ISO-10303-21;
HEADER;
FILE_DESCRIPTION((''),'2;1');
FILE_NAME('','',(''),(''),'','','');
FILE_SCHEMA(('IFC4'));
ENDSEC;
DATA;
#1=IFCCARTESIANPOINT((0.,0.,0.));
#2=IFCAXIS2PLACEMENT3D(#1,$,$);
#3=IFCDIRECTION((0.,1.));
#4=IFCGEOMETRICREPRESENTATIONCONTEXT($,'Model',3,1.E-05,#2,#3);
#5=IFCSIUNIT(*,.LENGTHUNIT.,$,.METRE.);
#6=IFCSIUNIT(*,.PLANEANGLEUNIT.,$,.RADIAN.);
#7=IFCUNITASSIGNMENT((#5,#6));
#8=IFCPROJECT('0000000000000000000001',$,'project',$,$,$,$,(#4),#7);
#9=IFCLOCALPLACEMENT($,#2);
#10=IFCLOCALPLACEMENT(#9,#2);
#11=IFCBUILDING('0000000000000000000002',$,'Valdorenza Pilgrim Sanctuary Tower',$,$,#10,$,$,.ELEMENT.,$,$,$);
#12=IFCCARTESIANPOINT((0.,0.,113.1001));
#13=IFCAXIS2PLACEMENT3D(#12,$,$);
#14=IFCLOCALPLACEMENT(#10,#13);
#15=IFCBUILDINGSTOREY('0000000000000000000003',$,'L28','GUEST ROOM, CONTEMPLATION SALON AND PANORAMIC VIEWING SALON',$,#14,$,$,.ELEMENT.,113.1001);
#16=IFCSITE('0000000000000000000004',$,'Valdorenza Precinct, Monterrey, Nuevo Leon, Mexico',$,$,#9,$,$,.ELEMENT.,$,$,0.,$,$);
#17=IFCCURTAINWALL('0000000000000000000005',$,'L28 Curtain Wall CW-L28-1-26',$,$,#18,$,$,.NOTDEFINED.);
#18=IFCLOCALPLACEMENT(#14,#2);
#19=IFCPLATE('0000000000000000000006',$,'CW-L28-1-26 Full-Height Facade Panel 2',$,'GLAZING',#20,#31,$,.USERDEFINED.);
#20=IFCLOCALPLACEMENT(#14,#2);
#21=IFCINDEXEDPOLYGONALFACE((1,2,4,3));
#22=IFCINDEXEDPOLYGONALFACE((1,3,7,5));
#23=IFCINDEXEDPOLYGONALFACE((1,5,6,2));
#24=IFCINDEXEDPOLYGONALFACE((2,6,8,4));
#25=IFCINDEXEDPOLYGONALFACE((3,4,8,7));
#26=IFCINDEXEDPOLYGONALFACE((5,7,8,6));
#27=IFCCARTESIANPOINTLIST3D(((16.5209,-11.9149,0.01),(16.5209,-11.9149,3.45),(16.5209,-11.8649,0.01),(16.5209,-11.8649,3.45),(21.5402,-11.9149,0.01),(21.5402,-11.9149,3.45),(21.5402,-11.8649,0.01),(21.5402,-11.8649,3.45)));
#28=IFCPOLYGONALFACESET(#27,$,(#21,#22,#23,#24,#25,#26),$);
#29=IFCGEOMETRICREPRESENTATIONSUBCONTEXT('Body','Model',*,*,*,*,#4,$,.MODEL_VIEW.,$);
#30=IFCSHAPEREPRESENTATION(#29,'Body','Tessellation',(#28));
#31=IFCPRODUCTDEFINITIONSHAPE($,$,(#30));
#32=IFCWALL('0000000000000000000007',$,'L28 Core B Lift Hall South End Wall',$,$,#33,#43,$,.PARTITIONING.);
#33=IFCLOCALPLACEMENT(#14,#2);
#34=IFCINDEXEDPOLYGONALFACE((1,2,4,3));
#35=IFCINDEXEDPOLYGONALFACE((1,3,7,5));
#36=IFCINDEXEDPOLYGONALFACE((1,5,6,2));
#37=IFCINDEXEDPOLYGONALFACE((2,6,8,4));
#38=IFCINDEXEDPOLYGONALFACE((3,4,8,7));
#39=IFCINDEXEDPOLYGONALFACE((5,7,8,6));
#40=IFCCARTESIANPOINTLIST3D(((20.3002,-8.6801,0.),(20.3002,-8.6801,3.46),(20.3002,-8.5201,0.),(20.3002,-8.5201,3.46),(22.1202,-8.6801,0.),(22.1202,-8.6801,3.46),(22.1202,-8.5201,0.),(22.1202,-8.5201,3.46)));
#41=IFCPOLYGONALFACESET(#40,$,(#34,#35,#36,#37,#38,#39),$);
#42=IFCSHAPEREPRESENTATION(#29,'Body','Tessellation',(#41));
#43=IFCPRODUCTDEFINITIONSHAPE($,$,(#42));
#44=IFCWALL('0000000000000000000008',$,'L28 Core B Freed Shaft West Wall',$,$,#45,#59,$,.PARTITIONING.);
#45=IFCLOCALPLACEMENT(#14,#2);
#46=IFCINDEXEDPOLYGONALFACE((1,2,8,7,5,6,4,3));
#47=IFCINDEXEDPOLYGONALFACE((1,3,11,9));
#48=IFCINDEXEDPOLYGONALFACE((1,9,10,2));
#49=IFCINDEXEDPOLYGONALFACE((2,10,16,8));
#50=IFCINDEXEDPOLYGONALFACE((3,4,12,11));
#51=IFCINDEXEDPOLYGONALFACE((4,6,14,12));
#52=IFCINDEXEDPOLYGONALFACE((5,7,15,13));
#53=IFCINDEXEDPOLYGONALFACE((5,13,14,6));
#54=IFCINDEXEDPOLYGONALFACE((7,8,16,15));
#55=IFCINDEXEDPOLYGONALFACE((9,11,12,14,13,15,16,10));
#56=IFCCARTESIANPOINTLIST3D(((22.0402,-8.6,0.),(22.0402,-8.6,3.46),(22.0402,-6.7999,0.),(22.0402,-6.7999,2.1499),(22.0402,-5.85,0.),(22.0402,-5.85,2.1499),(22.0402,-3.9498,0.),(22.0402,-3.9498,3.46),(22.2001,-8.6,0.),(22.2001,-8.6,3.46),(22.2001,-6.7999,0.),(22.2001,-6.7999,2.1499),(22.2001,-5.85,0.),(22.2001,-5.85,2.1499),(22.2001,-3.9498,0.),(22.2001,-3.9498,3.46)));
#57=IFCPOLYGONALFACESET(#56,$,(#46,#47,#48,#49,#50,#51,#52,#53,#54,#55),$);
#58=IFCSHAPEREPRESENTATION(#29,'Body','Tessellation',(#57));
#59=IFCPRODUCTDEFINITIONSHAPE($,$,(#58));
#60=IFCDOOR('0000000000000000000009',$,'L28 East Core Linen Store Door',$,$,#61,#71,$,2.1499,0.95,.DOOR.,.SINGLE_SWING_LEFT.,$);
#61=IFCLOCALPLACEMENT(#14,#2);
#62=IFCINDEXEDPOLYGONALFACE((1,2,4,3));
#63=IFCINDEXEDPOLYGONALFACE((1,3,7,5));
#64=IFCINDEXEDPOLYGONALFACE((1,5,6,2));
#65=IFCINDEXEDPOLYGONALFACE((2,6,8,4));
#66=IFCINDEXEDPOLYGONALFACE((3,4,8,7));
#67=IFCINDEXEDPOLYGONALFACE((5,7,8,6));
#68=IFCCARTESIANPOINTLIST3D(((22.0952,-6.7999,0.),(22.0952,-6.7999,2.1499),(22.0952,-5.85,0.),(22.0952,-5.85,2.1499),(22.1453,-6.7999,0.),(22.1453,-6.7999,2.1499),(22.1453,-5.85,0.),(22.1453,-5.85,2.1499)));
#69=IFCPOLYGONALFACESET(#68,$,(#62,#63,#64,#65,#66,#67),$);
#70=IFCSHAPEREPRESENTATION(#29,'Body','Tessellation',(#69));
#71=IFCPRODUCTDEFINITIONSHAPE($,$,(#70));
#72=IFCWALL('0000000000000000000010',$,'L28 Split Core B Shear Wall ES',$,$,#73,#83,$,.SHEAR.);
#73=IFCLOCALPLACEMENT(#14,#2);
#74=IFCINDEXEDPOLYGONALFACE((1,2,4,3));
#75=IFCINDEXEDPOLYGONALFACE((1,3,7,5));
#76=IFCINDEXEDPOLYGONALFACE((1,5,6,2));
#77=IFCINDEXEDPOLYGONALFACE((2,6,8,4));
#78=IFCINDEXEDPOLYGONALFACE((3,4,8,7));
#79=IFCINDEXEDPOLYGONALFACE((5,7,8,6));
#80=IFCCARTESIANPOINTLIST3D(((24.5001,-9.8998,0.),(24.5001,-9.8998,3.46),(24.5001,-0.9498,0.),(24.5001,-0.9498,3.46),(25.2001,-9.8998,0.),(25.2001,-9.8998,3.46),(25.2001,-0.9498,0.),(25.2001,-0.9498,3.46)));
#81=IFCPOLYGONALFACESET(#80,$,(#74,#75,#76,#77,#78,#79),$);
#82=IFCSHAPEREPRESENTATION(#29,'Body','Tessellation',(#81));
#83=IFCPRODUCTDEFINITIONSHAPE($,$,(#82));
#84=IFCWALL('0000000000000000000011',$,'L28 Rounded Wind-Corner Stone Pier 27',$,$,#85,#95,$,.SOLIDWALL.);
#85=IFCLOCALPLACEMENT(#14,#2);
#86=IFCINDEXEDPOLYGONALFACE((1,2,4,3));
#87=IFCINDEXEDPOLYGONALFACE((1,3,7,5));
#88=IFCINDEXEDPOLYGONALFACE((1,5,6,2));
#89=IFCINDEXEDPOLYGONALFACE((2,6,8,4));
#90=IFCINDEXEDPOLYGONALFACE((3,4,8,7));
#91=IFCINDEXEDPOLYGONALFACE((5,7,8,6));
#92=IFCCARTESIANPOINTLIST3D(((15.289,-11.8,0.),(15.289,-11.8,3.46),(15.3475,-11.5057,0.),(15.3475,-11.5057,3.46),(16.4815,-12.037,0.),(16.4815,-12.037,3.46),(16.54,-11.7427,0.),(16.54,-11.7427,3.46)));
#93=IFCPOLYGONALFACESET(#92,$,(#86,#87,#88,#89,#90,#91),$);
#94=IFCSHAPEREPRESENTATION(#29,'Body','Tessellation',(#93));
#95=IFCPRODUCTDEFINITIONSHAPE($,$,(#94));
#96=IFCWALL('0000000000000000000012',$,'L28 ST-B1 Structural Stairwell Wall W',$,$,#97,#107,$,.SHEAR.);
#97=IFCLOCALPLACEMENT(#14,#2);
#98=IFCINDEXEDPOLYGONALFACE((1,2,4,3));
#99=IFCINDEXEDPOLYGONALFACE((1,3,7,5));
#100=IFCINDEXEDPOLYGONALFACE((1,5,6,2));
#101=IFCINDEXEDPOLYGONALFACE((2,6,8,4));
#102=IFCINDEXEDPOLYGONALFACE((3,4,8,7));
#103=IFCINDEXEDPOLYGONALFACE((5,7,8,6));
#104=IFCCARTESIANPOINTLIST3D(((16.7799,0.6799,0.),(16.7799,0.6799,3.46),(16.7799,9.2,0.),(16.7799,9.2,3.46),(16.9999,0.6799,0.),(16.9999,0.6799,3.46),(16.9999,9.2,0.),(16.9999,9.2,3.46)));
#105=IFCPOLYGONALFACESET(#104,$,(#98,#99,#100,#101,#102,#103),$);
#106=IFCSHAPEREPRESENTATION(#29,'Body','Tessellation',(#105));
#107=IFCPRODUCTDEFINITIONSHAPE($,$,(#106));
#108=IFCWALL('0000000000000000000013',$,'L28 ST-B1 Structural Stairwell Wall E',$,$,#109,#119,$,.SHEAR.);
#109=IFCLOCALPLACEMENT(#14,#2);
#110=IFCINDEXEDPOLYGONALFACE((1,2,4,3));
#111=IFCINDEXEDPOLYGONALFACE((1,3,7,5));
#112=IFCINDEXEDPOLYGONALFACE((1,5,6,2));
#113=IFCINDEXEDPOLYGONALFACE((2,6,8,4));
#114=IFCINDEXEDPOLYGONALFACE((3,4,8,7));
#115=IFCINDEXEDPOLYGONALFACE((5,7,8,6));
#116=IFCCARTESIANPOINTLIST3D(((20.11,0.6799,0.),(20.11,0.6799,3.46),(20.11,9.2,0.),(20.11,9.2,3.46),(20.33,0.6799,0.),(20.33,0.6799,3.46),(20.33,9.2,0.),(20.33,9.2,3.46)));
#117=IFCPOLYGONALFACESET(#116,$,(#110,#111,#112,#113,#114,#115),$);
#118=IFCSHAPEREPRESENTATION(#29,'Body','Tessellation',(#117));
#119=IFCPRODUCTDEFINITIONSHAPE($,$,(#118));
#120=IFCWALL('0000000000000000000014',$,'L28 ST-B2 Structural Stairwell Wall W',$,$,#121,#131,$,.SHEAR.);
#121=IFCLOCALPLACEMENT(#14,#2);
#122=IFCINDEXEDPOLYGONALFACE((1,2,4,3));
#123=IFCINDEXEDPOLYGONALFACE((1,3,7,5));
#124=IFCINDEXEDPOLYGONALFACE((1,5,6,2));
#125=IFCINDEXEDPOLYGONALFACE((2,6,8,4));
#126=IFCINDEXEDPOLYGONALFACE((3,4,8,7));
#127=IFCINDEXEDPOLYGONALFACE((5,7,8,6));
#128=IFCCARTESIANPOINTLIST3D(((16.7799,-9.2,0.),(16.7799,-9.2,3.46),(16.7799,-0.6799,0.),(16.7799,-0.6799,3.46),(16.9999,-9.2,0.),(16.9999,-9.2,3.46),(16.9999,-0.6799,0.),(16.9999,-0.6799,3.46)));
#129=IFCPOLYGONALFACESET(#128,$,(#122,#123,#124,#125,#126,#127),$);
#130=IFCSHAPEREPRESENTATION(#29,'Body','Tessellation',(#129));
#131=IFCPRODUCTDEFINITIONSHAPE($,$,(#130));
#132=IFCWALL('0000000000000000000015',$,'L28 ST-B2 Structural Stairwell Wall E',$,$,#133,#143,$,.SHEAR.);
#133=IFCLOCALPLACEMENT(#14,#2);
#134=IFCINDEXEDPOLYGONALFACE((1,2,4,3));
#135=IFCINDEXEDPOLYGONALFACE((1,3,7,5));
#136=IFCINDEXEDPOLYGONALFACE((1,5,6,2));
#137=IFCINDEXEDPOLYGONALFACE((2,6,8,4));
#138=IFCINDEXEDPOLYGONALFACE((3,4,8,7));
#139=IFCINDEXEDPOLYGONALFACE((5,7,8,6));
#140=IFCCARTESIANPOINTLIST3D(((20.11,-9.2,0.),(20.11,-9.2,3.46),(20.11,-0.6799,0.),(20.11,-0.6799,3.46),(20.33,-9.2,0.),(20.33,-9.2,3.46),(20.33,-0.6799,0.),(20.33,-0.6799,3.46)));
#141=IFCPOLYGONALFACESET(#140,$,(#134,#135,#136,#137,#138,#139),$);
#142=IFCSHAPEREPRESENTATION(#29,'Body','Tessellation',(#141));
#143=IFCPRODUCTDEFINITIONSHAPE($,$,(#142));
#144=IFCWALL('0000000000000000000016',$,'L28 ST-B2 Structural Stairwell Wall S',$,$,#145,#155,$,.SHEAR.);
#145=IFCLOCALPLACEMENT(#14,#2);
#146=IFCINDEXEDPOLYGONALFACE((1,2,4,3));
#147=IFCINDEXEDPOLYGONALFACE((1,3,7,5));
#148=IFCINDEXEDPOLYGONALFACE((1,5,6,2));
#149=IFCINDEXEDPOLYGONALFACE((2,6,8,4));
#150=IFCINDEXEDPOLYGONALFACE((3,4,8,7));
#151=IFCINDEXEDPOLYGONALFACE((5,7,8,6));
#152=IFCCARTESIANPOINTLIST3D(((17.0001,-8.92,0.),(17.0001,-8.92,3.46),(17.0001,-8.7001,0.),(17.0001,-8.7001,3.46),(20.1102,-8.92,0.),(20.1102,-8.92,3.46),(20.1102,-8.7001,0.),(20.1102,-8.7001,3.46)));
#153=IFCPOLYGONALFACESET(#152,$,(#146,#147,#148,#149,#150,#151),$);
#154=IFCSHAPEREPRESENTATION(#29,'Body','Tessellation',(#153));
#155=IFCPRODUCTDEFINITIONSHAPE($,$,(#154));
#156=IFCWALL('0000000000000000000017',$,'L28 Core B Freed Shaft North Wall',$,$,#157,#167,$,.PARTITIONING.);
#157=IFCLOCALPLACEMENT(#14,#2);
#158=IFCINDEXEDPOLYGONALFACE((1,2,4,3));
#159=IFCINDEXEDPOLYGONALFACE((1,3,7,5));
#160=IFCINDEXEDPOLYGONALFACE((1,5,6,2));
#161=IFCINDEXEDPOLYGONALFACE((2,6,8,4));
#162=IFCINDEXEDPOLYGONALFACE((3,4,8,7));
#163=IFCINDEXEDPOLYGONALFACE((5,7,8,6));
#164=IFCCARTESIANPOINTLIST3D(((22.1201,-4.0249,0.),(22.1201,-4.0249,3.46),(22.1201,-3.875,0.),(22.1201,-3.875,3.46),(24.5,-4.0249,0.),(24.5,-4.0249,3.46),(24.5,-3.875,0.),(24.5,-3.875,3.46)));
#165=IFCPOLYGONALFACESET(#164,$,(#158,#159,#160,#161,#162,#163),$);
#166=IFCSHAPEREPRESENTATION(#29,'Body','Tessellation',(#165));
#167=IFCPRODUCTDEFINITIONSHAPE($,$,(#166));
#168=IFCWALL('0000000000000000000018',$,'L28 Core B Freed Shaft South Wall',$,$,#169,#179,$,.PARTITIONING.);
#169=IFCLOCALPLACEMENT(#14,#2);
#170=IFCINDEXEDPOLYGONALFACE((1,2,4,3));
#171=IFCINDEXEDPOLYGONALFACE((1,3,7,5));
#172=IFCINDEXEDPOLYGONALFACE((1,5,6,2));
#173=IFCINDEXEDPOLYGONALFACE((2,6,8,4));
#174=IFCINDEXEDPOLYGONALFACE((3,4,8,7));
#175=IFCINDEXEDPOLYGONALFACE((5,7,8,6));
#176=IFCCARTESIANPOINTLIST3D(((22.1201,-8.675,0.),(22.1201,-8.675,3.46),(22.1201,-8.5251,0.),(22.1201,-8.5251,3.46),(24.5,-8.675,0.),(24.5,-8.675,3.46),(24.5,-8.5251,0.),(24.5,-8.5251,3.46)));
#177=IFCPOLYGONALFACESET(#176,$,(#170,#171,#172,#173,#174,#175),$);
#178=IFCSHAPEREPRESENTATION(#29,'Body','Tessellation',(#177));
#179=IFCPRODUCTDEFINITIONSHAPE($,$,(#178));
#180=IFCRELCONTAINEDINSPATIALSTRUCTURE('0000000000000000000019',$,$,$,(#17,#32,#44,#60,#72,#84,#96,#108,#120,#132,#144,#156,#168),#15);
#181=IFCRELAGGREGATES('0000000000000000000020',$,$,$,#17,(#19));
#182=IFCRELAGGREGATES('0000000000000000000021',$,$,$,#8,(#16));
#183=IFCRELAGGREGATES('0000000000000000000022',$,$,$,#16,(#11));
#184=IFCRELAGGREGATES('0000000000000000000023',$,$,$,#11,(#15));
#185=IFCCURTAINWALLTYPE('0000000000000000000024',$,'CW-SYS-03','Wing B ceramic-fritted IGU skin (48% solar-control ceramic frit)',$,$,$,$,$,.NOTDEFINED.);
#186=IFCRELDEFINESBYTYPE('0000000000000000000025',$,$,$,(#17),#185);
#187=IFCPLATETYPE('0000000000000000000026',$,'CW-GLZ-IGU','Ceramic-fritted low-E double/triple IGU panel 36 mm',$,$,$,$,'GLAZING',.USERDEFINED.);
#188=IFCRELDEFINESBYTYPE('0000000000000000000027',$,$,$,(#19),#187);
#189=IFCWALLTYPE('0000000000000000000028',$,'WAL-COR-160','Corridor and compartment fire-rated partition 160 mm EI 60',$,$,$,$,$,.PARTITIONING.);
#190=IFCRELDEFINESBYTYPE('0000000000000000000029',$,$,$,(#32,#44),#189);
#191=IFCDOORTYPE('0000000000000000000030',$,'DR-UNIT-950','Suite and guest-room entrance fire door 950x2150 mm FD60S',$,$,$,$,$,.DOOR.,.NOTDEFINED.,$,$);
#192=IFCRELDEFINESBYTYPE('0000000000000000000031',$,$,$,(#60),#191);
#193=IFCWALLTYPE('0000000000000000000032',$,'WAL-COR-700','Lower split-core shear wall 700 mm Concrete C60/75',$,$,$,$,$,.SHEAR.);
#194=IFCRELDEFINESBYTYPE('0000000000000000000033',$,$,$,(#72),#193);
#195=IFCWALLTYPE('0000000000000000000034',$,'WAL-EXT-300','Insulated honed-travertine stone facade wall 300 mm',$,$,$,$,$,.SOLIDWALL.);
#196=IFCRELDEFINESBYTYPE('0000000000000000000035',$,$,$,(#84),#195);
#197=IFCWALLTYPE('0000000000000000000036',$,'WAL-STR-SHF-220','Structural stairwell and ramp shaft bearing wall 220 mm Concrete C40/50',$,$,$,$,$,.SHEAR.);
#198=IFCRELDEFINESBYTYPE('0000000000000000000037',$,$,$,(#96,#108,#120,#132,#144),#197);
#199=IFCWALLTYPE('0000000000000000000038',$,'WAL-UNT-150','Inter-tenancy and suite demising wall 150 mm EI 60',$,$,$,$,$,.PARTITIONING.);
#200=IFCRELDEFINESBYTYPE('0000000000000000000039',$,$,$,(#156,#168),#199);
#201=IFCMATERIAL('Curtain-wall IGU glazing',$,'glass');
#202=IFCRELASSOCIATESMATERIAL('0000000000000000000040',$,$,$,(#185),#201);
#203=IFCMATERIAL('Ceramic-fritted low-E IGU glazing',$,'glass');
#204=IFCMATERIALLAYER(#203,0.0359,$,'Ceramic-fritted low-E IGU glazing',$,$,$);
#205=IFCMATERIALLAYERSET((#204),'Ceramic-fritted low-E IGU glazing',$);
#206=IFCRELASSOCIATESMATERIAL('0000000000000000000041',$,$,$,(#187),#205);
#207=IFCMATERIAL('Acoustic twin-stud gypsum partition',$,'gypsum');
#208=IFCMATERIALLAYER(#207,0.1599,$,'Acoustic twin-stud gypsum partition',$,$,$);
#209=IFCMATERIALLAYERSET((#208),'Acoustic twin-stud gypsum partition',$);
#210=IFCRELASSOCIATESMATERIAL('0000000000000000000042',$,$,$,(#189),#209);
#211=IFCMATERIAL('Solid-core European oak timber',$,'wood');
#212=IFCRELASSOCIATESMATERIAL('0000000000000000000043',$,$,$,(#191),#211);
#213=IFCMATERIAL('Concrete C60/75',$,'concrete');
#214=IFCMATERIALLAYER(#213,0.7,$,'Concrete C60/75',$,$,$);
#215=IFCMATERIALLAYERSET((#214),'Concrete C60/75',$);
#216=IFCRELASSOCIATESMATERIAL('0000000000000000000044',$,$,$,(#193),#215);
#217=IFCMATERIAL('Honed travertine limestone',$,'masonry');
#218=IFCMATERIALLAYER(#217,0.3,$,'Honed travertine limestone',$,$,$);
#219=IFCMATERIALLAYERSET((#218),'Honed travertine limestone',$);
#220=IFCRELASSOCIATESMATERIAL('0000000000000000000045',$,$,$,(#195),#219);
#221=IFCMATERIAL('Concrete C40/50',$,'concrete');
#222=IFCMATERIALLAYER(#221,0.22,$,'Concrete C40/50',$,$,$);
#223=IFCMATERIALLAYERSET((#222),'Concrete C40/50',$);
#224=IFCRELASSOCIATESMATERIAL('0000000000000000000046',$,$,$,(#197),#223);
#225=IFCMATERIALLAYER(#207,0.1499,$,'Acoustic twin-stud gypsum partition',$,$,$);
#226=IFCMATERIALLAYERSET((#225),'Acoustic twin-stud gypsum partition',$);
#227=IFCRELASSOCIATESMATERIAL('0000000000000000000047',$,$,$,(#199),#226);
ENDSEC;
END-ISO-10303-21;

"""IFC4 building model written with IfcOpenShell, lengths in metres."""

from ifc_helpers import new_model, si_unit, direction, frame, frame_2d, origin, origin_2d, place, context, subcontext, project, spatial, rectangle, extrude, source, transform, mapped, material, layer, layer_set, type_object, element, fill, aggregate, save


model = new_model("IFC4")

# Units and contexts
model_context = context("Model", 3, precision=1e-05, world=origin(), true_north=direction((0.0, 1.0)))
body_context = subcontext(model_context, "Body", "Model", "MODEL_VIEW")
ifc_project = project(units=[si_unit("LENGTHUNIT", "METRE"), si_unit("PLANEANGLEUNIT", "RADIAN")], contexts=[model_context])

# Site, building, storey
site_placement = place(None, origin())
site = spatial("IfcSite", under=ifc_project, at=site_placement, Name="Valdorenza Precinct, Monterrey, Nuevo Leon, Mexico", CompositionType="ELEMENT", RefElevation=0.0)
building_placement = place(site_placement, origin())
building = spatial("IfcBuilding", under=site, at=building_placement, Name="Valdorenza Pilgrim Sanctuary Tower", CompositionType="ELEMENT")
storey_placement = place(building_placement, frame((0.0, 0.0, 113.1001)))
storey = spatial("IfcBuildingStorey", under=building, at=storey_placement, Name="L28", Description="GUEST ROOM, CONTEMPLATION SALON AND PANORAMIC VIEWING SALON", CompositionType="ELEMENT", Elevation=113.1001)

# Shared definitions
ifc_material_1 = material(Name="Concrete C60/75", Category="concrete")

# Curtain wall, plate
ifc_material_2 = material(Name="Curtain-wall IGU glazing", Category="glass")
curtain_wall_type = type_object("IfcCurtainWallType", Name="CW-SYS-03", Description="Wing B ceramic-fritted IGU skin (48% solar-control ceramic frit)", PredefinedType="NOTDEFINED", material=ifc_material_2)
curtain_wall_placement = place(storey_placement, origin())
curtain_wall = element("IfcCurtainWall", 1, at=curtain_wall_placement, inside=storey, type_object=curtain_wall_type, Name="L28 Curtain Wall CW-L28-1-26", PredefinedType="NOTDEFINED")
ifc_material_3 = material(Name="Honed travertine limestone", Category="masonry")
ifc_material_4 = material(Name="Ceramic-fritted low-E IGU glazing", Category="glass")
ifc_layer_1 = layer(ifc_material_4, 0.0359, Name="Ceramic-fritted low-E IGU glazing")
ifc_layer_set_1 = layer_set([ifc_layer_1], Name="Ceramic-fritted low-E IGU glazing")
plate_type_1 = type_object("IfcPlateType", Name="CW-GLZ-IGU", Description="Ceramic-fritted low-E double/triple IGU panel 36 mm", ElementType="GLAZING", PredefinedType="USERDEFINED", material=ifc_layer_set_1)
shared_shape_1 = source(origin(), body_context, "Body", "SweptSolid", [
    extrude(rectangle(XDim=5.0193, YDim=0.05, at=origin_2d()), origin(), (0.0, 0.0, 1.0), 3.4399),
])
plate_1_placement = place(storey_placement, frame((19.0305, -11.8899, 0.01), z_axis=(0.0, 0.0, 1.0), x_axis=(-1.0, 0.0, 0.0)))
plate_1 = element("IfcPlate", 2, at=plate_1_placement, type_object=plate_type_1, Name="CW-L28-1-26 Full-Height Facade Panel 2", ObjectType="GLAZING", PredefinedType="USERDEFINED", context=body_context, shape_type="MappedRepresentation", body=[
    mapped(shared_shape_1, transform((0.0, 0.0, 0.0), x_axis=(1.0, 0.0, 0.0), y_axis=(0.0, 1.0, 0.0), z_axis=(0.0, 0.0, 1.0), scale=1.0)),
])
aggregate(curtain_wall, [plate_1])

# Wall
ifc_material_5 = material(Name="Acoustic twin-stud gypsum partition", Category="gypsum")
ifc_layer_2 = layer(ifc_material_5, 0.1599, Name="Acoustic twin-stud gypsum partition")
ifc_layer_set_2 = layer_set([ifc_layer_2], Name="Acoustic twin-stud gypsum partition")
wall_type_1 = type_object("IfcWallType", Name="WAL-COR-160", Description="Corridor and compartment fire-rated partition 160 mm EI 60", PredefinedType="PARTITIONING", material=ifc_layer_set_2)
wall_1_placement = place(storey_placement, frame((20.3, -8.6001, 0.0), z_axis=(0.0, 0.0, 1.0), x_axis=(1.0, 0.0, 0.0)))
element("IfcWall", 3, at=wall_1_placement, inside=storey, type_object=wall_type_1, Name="L28 Core B Lift Hall South End Wall", PredefinedType="PARTITIONING", context=body_context, shape_type="SweptSolid", body=[
    extrude(rectangle(XDim=1.8201, YDim=0.1599, at=frame_2d((0.9102, 0.0))), origin(), (0.0, 0.0, 1.0), 3.46),
])

# Wall, opening, door
wall_2_placement = place(storey_placement, frame((22.1201, -8.6001, 0.0), z_axis=(0.0, 0.0, 1.0), x_axis=(0.0, 1.0, 0.0)))
wall_2 = element("IfcWall", 4, at=wall_2_placement, inside=storey, type_object=wall_type_1, Name="L28 Core B Freed Shaft West Wall", PredefinedType="PARTITIONING", context=body_context, shape_type="SweptSolid", body=[
    extrude(rectangle(XDim=4.6501, YDim=0.1599, at=frame_2d((2.3252, 0.0))), origin(), (0.0, 0.0, 1.0), 3.46),
])
opening_1_placement = place(wall_2_placement, frame((1.8, 0.0, 0.0)))
opening_1 = element("IfcOpeningElement", 5, at=opening_1_placement, cuts=wall_2, PredefinedType="OPENING", context=body_context, shape_type="SweptSolid", body=[
    extrude(rectangle(XDim=0.95, YDim=2.1499, at=frame_2d((0.4751, 1.075))), frame((0.0, 0.0947, 0.0), z_axis=(0.0, -1.0, 0.0), x_axis=(1.0, 0.0, 0.0)), (0.0, 0.0, 1.0), 0.1897),
])
ifc_material_6 = material(Name="Solid-core European oak timber", Category="wood")
door_type_1 = type_object("IfcDoorType", Name="DR-UNIT-950", Description="Suite and guest-room entrance fire door 950x2150 mm FD60S", OperationType="NOTDEFINED", PredefinedType="DOOR", material=ifc_material_6)
door_1_placement = place(opening_1_placement, origin())
door_1 = element("IfcDoor", 6, at=door_1_placement, inside=storey, type_object=door_type_1, Name="L28 East Core Linen Store Door", OperationType="SINGLE_SWING_LEFT", OverallHeight=2.1499, OverallWidth=0.95, PredefinedType="DOOR", context=body_context, shape_type="SweptSolid", body=[
    extrude(rectangle(XDim=0.95, YDim=2.1499, at=frame_2d((0.4751, 1.075))), frame((0.0, 0.0249, 0.0), z_axis=(0.0, -1.0, 0.0), x_axis=(1.0, 0.0, 0.0)), (0.0, 0.0, 1.0), 0.05),
])
fill(opening_1, door_1)

# Walls
ifc_layer_3 = layer(ifc_material_1, 0.7, Name="Concrete C60/75")
ifc_layer_set_3 = layer_set([ifc_layer_3], Name="Concrete C60/75")
wall_type_2 = type_object("IfcWallType", Name="WAL-COR-700", Description="Lower split-core shear wall 700 mm Concrete C60/75", PredefinedType="SHEAR", material=ifc_layer_set_3)
wall_3_placement = place(storey_placement, frame((24.8501, -9.8999, 0.0), z_axis=(0.0, 0.0, 1.0), x_axis=(0.0, 1.0, 0.0)))
element("IfcWall", 7, at=wall_3_placement, inside=storey, type_object=wall_type_2, Name="L28 Split Core B Shear Wall ES", PredefinedType="SHEAR", context=body_context, shape_type="SweptSolid", body=[
    extrude(rectangle(XDim=8.95, YDim=0.7, at=frame_2d((4.4751, 0.0))), origin(), (0.0, 0.0, 1.0), 3.46),
])
ifc_layer_4 = layer(ifc_material_3, 0.3, Name="Honed travertine limestone")
ifc_layer_set_4 = layer_set([ifc_layer_4], Name="Honed travertine limestone")
wall_type_3 = type_object("IfcWallType", Name="WAL-EXT-300", Description="Insulated honed-travertine stone facade wall 300 mm", PredefinedType="SOLIDWALL", material=ifc_layer_set_4)
wall_4_placement = place(storey_placement, frame((16.5107, -11.8899, 0.0), z_axis=(0.0, 0.0, 1.0), x_axis=(-0.980804, 0.194996, 0.0)))
element("IfcWall", 8, at=wall_4_placement, inside=storey, type_object=wall_type_3, Name="L28 Rounded Wind-Corner Stone Pier 27", PredefinedType="SOLIDWALL", context=body_context, shape_type="SweptSolid", body=[
    extrude(rectangle(XDim=1.2158, YDim=0.3, at=frame_2d((0.6079, 0.0))), origin(), (0.0, 0.0, 1.0), 3.46),
])

# Walls
ifc_material_7 = material(Name="Concrete C40/50", Category="concrete")
ifc_layer_5 = layer(ifc_material_7, 0.22, Name="Concrete C40/50")
ifc_layer_set_5 = layer_set([ifc_layer_5], Name="Concrete C40/50")
wall_type_4 = type_object("IfcWallType", Name="WAL-STR-SHF-220", Description="Structural stairwell and ramp shaft bearing wall 220 mm Concrete C40/50", PredefinedType="SHEAR", material=ifc_layer_set_5)
for number, where, z_axis, x_axis, name in (
    (9, (16.8899, 0.6799, 0.0), (0.0, 0.0, 1.0), (0.0, 1.0, 0.0), "L28 ST-B1 Structural Stairwell Wall W"),
    (10, (20.22, 0.6799, 0.0), (0.0, 0.0, 1.0), (0.0, 1.0, 0.0), "L28 ST-B1 Structural Stairwell Wall E"),
):
    element("IfcWall", number, at=place(storey_placement, frame(where, z_axis=z_axis, x_axis=x_axis)), inside=storey, type_object=wall_type_4, Name=name, PredefinedType="SHEAR", context=body_context, shape_type="SweptSolid", body=[
        extrude(rectangle(XDim=8.52, YDim=0.22, at=frame_2d((4.26, 0.0))), origin(), (0.0, 0.0, 1.0), 3.46),
    ])

# Walls
for number, where, z_axis, x_axis, name in (
    (11, (16.8899, -9.2, 0.0), (0.0, 0.0, 1.0), (0.0, 1.0, 0.0), "L28 ST-B2 Structural Stairwell Wall W"),
    (12, (20.22, -9.2, 0.0), (0.0, 0.0, 1.0), (0.0, 1.0, 0.0), "L28 ST-B2 Structural Stairwell Wall E"),
):
    element("IfcWall", number, at=place(storey_placement, frame(where, z_axis=z_axis, x_axis=x_axis)), inside=storey, type_object=wall_type_4, Name=name, PredefinedType="SHEAR", context=body_context, shape_type="SweptSolid", body=[
        extrude(rectangle(XDim=8.52, YDim=0.22, at=frame_2d((4.26, 0.0))), origin(), (0.0, 0.0, 1.0), 3.46),
    ])
wall_5_placement = place(storey_placement, frame((17.0, -8.8101, 0.0), z_axis=(0.0, 0.0, 1.0), x_axis=(1.0, 0.0, 0.0)))
element("IfcWall", 13, at=wall_5_placement, inside=storey, type_object=wall_type_4, Name="L28 ST-B2 Structural Stairwell Wall S", PredefinedType="SHEAR", context=body_context, shape_type="SweptSolid", body=[
    extrude(rectangle(XDim=3.1101, YDim=0.22, at=frame_2d((1.5552, 0.0))), origin(), (0.0, 0.0, 1.0), 3.46),
])

# Walls
ifc_layer_6 = layer(ifc_material_5, 0.1499, Name="Acoustic twin-stud gypsum partition")
ifc_layer_set_6 = layer_set([ifc_layer_6], Name="Acoustic twin-stud gypsum partition")
wall_type_5 = type_object("IfcWallType", Name="WAL-UNT-150", Description="Inter-tenancy and suite demising wall 150 mm EI 60", PredefinedType="PARTITIONING", material=ifc_layer_set_6)
for number, where, z_axis, x_axis, name in (
    (14, (22.1201, -3.95, 0.0), (0.0, 0.0, 1.0), (1.0, 0.0, 0.0), "L28 Core B Freed Shaft North Wall"),
    (15, (22.1201, -8.6001, 0.0), (0.0, 0.0, 1.0), (1.0, 0.0, 0.0), "L28 Core B Freed Shaft South Wall"),
):
    element("IfcWall", number, at=place(storey_placement, frame(where, z_axis=z_axis, x_axis=x_axis)), inside=storey, type_object=wall_type_5, Name=name, PredefinedType="PARTITIONING", context=body_context, shape_type="SweptSolid", body=[
        extrude(rectangle(XDim=2.3799, YDim=0.1499, at=frame_2d((1.1899, 0.0))), origin(), (0.0, 0.0, 1.0), 3.46),
    ])

save(model, "model.ifc")
